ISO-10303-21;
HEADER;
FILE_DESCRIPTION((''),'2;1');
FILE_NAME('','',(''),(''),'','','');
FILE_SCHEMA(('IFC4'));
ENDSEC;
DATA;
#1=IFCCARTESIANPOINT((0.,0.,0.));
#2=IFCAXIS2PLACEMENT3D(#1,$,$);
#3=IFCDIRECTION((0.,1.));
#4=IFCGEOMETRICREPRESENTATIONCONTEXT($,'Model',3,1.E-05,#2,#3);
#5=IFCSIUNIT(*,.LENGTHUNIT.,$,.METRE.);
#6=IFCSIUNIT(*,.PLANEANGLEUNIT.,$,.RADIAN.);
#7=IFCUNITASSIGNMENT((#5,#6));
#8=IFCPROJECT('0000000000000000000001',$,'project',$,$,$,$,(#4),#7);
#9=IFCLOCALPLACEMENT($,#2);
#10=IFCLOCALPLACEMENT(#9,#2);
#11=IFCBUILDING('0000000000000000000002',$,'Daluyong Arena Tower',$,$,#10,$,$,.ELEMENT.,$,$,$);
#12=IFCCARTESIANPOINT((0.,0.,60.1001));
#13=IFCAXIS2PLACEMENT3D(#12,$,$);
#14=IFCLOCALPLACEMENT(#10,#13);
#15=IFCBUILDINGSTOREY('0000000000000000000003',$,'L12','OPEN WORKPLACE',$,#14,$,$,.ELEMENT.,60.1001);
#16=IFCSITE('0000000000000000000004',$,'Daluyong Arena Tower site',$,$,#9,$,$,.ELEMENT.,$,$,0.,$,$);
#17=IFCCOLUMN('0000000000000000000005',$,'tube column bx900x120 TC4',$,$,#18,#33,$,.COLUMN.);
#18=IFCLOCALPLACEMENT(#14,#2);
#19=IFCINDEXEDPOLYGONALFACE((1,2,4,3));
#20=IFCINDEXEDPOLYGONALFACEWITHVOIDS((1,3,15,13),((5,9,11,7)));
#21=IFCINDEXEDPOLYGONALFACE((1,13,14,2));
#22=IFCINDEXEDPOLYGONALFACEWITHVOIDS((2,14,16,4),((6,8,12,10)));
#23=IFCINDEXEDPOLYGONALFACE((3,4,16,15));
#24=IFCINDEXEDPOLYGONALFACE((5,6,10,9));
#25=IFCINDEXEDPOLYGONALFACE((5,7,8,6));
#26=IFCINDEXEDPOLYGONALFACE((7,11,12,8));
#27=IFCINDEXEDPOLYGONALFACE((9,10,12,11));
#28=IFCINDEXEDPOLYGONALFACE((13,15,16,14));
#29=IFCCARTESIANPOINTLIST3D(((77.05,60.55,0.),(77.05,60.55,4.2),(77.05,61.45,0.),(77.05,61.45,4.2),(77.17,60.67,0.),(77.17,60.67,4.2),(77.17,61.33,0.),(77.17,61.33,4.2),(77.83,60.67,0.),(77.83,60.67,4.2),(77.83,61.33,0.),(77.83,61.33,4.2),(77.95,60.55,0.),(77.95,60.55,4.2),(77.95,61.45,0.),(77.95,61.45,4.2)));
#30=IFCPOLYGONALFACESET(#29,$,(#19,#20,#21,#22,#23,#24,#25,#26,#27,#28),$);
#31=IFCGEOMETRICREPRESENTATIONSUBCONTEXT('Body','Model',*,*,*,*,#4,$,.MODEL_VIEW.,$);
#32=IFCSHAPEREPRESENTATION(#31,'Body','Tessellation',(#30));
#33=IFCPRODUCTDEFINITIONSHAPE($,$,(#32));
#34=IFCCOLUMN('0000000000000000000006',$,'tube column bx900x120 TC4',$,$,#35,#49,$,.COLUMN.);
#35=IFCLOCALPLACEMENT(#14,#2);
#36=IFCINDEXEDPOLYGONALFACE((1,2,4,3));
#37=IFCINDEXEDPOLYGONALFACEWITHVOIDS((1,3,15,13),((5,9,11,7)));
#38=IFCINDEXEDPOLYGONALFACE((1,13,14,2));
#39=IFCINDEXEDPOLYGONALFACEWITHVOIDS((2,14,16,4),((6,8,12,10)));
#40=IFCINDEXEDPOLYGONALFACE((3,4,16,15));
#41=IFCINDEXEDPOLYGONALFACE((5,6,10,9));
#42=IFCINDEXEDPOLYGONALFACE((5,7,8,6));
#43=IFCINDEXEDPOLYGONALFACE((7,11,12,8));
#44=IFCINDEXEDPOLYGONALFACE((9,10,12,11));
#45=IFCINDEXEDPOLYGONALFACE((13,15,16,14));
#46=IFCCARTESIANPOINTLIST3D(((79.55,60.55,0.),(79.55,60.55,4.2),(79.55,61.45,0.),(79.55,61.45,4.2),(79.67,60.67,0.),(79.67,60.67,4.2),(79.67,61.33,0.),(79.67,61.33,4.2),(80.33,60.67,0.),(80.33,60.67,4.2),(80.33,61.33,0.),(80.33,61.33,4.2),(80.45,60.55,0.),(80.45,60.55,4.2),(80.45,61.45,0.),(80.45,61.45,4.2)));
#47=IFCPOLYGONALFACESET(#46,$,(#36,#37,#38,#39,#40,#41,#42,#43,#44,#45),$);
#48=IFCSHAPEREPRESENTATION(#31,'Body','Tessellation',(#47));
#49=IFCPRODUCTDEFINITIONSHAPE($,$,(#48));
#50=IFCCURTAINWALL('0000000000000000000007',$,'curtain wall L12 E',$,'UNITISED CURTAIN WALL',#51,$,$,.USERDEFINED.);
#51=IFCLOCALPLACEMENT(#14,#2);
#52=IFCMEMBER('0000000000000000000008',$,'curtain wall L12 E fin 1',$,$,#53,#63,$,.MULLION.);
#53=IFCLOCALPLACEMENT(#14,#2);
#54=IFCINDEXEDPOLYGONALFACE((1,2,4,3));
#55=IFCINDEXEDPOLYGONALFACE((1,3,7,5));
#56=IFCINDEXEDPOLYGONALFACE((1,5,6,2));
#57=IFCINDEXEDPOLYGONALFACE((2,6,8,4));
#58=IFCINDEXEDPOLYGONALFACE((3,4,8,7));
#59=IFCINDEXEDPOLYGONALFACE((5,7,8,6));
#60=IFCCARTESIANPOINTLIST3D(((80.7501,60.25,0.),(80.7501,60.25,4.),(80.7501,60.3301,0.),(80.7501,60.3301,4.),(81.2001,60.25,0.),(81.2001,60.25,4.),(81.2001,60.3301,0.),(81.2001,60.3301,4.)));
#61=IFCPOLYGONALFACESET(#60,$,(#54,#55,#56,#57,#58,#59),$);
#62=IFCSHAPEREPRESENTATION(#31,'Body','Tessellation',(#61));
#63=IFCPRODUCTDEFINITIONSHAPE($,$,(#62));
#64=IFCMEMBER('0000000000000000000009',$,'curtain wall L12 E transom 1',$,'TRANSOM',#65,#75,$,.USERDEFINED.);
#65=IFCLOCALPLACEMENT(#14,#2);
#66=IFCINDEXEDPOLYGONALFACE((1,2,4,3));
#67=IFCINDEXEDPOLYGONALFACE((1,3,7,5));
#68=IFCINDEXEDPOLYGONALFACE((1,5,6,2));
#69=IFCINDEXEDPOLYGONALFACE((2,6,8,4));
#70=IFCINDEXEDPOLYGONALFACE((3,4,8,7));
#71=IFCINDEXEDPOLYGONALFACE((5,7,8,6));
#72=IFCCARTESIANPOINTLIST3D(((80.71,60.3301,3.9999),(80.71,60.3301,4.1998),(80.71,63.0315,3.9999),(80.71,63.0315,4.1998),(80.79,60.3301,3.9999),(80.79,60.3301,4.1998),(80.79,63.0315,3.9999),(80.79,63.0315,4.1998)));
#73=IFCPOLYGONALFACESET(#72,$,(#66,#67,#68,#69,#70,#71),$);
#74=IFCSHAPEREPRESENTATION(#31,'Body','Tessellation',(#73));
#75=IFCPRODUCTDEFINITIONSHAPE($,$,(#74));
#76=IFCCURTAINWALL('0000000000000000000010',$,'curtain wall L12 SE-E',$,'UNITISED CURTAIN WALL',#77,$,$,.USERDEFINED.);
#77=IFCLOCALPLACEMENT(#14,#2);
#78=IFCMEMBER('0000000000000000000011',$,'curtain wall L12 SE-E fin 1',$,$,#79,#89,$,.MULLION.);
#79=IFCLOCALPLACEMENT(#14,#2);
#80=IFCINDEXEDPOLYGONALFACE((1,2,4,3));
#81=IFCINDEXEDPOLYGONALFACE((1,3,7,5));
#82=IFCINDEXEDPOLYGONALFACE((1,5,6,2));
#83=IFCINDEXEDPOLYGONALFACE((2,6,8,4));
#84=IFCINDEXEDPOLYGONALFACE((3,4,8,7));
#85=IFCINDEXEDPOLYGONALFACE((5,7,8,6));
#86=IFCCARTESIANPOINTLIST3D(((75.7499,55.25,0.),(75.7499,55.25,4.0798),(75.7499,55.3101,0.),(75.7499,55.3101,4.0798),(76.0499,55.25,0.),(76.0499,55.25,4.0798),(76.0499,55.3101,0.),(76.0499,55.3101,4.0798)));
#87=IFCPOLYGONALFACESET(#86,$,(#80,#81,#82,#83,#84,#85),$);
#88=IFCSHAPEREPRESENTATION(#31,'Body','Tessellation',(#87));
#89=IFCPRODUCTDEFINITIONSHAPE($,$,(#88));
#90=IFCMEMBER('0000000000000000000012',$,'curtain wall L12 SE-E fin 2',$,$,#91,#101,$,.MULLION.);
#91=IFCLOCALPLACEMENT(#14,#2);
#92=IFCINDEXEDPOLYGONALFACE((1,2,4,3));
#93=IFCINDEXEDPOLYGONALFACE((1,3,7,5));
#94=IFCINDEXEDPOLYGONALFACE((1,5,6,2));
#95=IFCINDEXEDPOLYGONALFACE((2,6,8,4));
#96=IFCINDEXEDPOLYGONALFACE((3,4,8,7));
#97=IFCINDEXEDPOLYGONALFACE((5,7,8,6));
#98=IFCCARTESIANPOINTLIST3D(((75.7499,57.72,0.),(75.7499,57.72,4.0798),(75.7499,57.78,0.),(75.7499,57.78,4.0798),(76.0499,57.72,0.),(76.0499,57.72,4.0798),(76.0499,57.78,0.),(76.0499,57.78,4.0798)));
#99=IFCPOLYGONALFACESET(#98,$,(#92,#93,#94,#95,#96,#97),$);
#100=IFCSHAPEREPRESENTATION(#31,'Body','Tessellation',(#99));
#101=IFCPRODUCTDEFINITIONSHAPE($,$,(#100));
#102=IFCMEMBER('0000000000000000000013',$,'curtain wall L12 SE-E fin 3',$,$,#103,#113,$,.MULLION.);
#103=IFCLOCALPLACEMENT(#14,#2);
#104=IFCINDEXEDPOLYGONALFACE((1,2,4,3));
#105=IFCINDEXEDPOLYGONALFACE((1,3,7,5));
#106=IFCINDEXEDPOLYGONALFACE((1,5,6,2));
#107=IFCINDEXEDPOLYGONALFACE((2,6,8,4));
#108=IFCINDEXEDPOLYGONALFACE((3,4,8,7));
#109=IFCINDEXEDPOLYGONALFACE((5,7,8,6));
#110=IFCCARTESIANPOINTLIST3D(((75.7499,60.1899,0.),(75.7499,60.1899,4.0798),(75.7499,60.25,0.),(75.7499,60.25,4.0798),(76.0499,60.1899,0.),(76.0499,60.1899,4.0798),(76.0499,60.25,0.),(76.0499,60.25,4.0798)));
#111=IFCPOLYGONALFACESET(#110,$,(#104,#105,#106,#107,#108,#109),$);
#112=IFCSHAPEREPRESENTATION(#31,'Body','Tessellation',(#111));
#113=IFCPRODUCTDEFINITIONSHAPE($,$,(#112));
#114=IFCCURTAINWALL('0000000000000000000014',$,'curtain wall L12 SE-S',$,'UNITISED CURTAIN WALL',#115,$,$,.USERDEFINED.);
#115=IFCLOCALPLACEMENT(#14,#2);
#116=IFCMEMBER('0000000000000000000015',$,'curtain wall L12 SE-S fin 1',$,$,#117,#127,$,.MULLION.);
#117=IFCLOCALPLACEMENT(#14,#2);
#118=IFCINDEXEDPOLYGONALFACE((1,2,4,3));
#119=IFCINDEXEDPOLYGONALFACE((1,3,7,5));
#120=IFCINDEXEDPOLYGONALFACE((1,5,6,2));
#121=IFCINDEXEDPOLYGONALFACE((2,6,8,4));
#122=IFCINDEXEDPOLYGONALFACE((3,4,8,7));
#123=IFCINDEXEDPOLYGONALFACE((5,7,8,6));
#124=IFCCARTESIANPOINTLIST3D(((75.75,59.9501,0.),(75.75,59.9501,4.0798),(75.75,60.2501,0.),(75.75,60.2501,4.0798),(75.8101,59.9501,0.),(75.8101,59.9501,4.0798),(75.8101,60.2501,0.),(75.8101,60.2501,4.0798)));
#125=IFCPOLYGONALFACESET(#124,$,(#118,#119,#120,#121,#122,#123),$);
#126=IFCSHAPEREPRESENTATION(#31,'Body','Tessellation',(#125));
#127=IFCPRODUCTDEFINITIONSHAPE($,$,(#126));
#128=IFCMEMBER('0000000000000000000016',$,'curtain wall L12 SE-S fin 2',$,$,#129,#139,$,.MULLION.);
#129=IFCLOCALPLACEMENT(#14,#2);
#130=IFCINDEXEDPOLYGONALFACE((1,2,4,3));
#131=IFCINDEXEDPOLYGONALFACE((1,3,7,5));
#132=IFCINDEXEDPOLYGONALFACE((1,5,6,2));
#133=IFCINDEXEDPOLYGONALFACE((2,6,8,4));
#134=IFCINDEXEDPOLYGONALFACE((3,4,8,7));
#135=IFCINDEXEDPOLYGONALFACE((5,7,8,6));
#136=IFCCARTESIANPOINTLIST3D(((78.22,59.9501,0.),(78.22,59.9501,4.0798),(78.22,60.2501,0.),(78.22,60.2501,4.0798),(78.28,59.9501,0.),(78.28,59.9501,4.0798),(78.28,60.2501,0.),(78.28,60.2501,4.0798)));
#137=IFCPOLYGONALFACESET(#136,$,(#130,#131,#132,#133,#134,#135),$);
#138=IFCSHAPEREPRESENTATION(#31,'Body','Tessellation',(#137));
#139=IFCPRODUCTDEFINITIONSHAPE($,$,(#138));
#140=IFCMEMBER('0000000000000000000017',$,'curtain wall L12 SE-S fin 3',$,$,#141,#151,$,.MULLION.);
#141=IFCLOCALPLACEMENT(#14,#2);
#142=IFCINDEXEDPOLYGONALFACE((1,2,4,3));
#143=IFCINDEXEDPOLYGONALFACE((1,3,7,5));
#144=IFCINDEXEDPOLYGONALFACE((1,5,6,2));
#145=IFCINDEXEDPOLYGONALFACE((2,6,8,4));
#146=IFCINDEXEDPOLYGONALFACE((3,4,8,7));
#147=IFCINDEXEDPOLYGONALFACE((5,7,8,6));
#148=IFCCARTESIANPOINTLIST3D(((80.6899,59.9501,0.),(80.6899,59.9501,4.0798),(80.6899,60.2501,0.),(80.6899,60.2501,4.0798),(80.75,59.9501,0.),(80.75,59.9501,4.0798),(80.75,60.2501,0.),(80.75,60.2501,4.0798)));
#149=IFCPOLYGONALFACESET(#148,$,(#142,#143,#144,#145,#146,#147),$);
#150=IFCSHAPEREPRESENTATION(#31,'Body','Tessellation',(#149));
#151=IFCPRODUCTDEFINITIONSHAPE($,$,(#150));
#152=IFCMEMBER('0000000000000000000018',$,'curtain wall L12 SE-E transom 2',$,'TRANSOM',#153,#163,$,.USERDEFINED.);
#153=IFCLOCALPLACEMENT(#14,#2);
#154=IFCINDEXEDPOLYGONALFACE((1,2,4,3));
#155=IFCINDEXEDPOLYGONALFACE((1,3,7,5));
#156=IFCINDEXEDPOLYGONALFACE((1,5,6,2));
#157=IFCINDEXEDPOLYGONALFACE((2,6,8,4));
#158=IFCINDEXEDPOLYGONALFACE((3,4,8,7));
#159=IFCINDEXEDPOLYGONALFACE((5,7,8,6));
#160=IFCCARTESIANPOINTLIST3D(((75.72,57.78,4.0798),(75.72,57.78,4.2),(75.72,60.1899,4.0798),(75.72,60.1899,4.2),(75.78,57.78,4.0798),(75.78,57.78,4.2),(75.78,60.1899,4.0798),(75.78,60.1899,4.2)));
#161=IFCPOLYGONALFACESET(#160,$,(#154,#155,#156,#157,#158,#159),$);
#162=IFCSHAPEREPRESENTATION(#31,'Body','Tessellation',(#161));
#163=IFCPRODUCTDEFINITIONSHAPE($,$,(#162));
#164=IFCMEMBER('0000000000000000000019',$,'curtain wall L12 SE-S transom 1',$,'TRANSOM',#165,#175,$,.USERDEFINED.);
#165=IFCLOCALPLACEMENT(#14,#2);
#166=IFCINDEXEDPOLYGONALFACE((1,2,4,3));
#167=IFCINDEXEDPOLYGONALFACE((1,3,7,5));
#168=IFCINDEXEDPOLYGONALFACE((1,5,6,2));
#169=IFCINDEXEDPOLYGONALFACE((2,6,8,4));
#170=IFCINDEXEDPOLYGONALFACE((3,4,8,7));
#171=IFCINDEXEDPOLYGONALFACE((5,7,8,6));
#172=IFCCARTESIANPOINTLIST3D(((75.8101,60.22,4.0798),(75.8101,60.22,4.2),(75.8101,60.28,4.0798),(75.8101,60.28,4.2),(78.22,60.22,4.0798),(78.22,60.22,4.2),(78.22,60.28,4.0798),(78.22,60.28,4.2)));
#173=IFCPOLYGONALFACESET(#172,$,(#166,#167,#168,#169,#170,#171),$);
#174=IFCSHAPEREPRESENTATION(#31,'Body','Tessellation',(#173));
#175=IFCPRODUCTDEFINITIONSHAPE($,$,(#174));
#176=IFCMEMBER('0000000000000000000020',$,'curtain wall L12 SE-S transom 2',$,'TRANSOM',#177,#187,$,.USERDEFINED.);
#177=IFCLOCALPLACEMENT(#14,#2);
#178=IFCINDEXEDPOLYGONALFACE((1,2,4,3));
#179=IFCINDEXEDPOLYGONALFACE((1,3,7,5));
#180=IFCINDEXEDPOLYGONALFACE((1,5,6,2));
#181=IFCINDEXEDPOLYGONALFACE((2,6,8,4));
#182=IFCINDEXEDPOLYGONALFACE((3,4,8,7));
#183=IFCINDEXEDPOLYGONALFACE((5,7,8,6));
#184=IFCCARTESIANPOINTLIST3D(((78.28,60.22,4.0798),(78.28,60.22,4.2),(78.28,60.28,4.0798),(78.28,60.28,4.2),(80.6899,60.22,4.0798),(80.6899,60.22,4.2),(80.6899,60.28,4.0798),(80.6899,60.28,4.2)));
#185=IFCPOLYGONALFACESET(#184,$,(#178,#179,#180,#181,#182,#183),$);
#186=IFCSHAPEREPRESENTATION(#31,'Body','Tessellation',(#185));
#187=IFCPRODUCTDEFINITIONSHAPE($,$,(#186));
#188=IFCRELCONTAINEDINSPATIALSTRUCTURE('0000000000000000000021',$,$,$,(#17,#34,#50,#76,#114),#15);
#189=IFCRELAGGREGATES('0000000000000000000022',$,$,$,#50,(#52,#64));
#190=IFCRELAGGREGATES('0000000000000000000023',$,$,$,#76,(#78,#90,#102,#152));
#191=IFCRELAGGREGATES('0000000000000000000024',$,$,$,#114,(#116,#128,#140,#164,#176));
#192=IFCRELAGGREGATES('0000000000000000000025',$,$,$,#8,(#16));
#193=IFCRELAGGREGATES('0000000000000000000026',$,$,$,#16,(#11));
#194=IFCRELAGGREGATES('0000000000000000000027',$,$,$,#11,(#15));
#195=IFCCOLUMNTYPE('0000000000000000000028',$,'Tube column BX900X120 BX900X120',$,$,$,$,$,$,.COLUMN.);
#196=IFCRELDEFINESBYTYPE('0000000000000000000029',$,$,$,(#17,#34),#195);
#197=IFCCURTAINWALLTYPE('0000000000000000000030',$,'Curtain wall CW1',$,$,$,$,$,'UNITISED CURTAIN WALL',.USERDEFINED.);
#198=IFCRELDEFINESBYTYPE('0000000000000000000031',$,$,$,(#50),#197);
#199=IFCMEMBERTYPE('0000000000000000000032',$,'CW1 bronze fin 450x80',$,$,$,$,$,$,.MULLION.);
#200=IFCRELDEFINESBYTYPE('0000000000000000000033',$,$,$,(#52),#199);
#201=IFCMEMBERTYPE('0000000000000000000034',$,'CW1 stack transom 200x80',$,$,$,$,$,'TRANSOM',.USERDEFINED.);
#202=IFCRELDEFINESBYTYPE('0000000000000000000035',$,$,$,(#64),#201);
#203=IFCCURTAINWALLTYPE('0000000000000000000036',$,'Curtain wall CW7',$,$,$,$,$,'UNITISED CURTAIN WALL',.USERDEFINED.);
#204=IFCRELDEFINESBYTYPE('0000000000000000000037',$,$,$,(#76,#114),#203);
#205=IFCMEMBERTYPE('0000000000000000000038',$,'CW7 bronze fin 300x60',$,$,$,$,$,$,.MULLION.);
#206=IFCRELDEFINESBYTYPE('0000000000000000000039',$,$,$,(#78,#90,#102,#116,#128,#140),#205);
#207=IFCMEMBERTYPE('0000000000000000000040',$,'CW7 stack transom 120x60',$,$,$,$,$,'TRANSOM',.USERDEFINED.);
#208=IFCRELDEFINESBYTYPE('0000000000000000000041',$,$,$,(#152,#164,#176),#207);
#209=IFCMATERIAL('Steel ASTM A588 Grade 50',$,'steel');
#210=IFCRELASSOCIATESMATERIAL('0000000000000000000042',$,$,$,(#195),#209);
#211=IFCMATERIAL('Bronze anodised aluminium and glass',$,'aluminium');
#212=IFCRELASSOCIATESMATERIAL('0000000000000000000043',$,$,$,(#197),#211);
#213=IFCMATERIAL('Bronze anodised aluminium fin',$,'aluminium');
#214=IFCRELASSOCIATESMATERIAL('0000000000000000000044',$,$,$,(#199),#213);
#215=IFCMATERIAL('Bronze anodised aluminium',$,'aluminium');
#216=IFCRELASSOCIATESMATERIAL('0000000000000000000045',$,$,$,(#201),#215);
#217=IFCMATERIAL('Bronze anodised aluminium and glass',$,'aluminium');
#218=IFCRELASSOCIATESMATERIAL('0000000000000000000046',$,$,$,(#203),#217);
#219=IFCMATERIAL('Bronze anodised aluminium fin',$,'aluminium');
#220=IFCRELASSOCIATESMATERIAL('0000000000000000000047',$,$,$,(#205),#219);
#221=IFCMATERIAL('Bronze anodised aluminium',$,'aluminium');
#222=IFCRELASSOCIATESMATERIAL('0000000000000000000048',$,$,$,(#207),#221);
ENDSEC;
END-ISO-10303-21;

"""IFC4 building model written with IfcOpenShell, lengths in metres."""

from ifc_helpers import new_model, si_unit, direction, frame, origin, origin_2d, place, context, subcontext, project, spatial, rectangle, hollow_rectangle, extrude, material, material_profile, profile_set, type_object, element, aggregate, save


model = new_model("IFC4")

# Units and contexts
model_context = context("Model", 3, precision=1e-05, world=origin(), true_north=direction((0.0, 1.0)))
body_context = subcontext(model_context, "Body", "Model", "MODEL_VIEW")
ifc_project = project(units=[si_unit("LENGTHUNIT", "METRE"), si_unit("PLANEANGLEUNIT", "RADIAN")], contexts=[model_context])

# Site, building, storey
site_placement = place(None, origin())
site = spatial("IfcSite", under=ifc_project, at=site_placement, Name="Daluyong Arena Tower site", CompositionType="ELEMENT", RefElevation=0.0)
building_placement = place(site_placement, origin())
building = spatial("IfcBuilding", under=site, at=building_placement, Name="Daluyong Arena Tower", CompositionType="ELEMENT")
storey_placement = place(building_placement, frame((0.0, 0.0, 60.1001)))
storey = spatial("IfcBuildingStorey", under=building, at=storey_placement, Name="L12", Description="OPEN WORKPLACE", CompositionType="ELEMENT", Elevation=60.1001)

# Columns
ifc_material_1 = material(Name="Steel ASTM A588 Grade 50", Category="steel")
ifc_material_profile_1 = material_profile(ifc_material_1, hollow_rectangle(XDim=0.8999, YDim=0.8999, WallThickness=0.12, at=origin_2d()))
ifc_profile_set_1 = profile_set([ifc_material_profile_1], Name="Steel ASTM A588 Grade 50")
column_type = type_object("IfcColumnType", Name="Tube column BX900X120 BX900X120", PredefinedType="COLUMN", material=ifc_profile_set_1)
for number, where, z_axis, x_axis, name in (
    (1, (77.5, 61.0, 0.0), (0.0, 0.0, 1.0), (1.0, 0.0, 0.0), "tube column bx900x120 TC4"),
    (2, (80.0, 61.0, 0.0), (0.0, 0.0, 1.0), (0.0, 1.0, 0.0), "tube column bx900x120 TC4"),
):
    element("IfcColumn", number, at=place(storey_placement, frame(where, z_axis=z_axis, x_axis=x_axis)), inside=storey, type_object=column_type, Name=name, PredefinedType="COLUMN", context=body_context, shape_type="SweptSolid", body=[
        extrude(hollow_rectangle(XDim=0.8999, YDim=0.8999, WallThickness=0.12, at=origin_2d()), origin(), (0.0, 0.0, 1.0), 4.2),
    ])

# Curtain walls, members
ifc_material_2 = material(Name="Bronze anodised aluminium and glass", Category="aluminium")
curtain_wall_type_1 = type_object("IfcCurtainWallType", Name="Curtain wall CW1", ElementType="UNITISED CURTAIN WALL", PredefinedType="USERDEFINED", material=ifc_material_2)
curtain_wall_1_placement = place(storey_placement, origin())
curtain_wall_1 = element("IfcCurtainWall", 3, at=curtain_wall_1_placement, inside=storey, type_object=curtain_wall_type_1, Name="curtain wall L12 E", ObjectType="UNITISED CURTAIN WALL", PredefinedType="USERDEFINED")
ifc_material_3 = material(Name="Bronze anodised aluminium fin", Category="aluminium")
ifc_material_profile_2 = material_profile(ifc_material_3, rectangle(XDim=0.45, YDim=0.0801, at=origin_2d()))
ifc_profile_set_2 = profile_set([ifc_material_profile_2], Name="Bronze anodised aluminium fin")
member_type_1 = type_object("IfcMemberType", Name="CW1 bronze fin 450x80", PredefinedType="MULLION", material=ifc_profile_set_2)
member_1_placement = place(storey_placement, frame((80.9751, 60.29, 0.0), z_axis=(0.0, 0.0, 1.0), x_axis=(-1.0, 0.0, 0.0)))
member_1 = element("IfcMember", 4, at=member_1_placement, type_object=member_type_1, Name="curtain wall L12 E fin 1", PredefinedType="MULLION", context=body_context, shape_type="SweptSolid", body=[
    extrude(rectangle(XDim=0.45, YDim=0.0801, at=origin_2d()), origin(), (0.0, 0.0, 1.0), 4.0),
])
ifc_material_4 = material(Name="Bronze anodised aluminium", Category="aluminium")
ifc_material_profile_3 = material_profile(ifc_material_4, rectangle(XDim=0.0801, YDim=0.2, at=origin_2d()))
ifc_profile_set_3 = profile_set([ifc_material_profile_3], Name="Bronze anodised aluminium")
member_type_2 = type_object("IfcMemberType", Name="CW1 stack transom 200x80", ElementType="TRANSOM", PredefinedType="USERDEFINED", material=ifc_profile_set_3)
member_2_placement = place(storey_placement, frame((80.75, 60.3301, 4.0999), z_axis=(0.0, 1.0, 0.0), x_axis=(-1.0, 0.0, 0.0)))
member_2 = element("IfcMember", 5, at=member_2_placement, type_object=member_type_2, Name="curtain wall L12 E transom 1", ObjectType="TRANSOM", PredefinedType="USERDEFINED", context=body_context, shape_type="SweptSolid", body=[
    extrude(rectangle(XDim=0.0801, YDim=0.2, at=origin_2d()), origin(), (0.0, 0.0, 1.0), 2.7014),
])
ifc_material_5 = material(Name="Bronze anodised aluminium and glass", Category="aluminium")
curtain_wall_type_2 = type_object("IfcCurtainWallType", Name="Curtain wall CW7", ElementType="UNITISED CURTAIN WALL", PredefinedType="USERDEFINED", material=ifc_material_5)
curtain_wall_2_placement = place(storey_placement, origin())
curtain_wall_2 = element("IfcCurtainWall", 6, at=curtain_wall_2_placement, inside=storey, type_object=curtain_wall_type_2, Name="curtain wall L12 SE-E", ObjectType="UNITISED CURTAIN WALL", PredefinedType="USERDEFINED")
ifc_material_6 = material(Name="Bronze anodised aluminium fin", Category="aluminium")
ifc_material_profile_4 = material_profile(ifc_material_6, rectangle(XDim=0.3, YDim=0.0601, at=origin_2d()))
ifc_profile_set_4 = profile_set([ifc_material_profile_4], Name="Bronze anodised aluminium fin")
member_type_3 = type_object("IfcMemberType", Name="CW7 bronze fin 300x60", PredefinedType="MULLION", material=ifc_profile_set_4)
member_3_placement = place(storey_placement, frame((75.8999, 55.28, 0.0), z_axis=(0.0, 0.0, 1.0), x_axis=(-1.0, 0.0, 0.0)))
member_3 = element("IfcMember", 7, at=member_3_placement, type_object=member_type_3, Name="curtain wall L12 SE-E fin 1", PredefinedType="MULLION", context=body_context, shape_type="SweptSolid", body=[
    extrude(rectangle(XDim=0.3, YDim=0.0601, at=origin_2d()), origin(), (0.0, 0.0, 1.0), 4.0798),
])
member_4_placement = place(storey_placement, frame((75.8999, 57.75, 0.0), z_axis=(0.0, 0.0, 1.0), x_axis=(-1.0, 0.0, 0.0)))
member_4 = element("IfcMember", 8, at=member_4_placement, type_object=member_type_3, Name="curtain wall L12 SE-E fin 2", PredefinedType="MULLION", context=body_context, shape_type="SweptSolid", body=[
    extrude(rectangle(XDim=0.3, YDim=0.0601, at=origin_2d()), origin(), (0.0, 0.0, 1.0), 4.0798),
])
member_5_placement = place(storey_placement, frame((75.8999, 60.22, 0.0), z_axis=(0.0, 0.0, 1.0), x_axis=(-1.0, 0.0, 0.0)))
member_5 = element("IfcMember", 9, at=member_5_placement, type_object=member_type_3, Name="curtain wall L12 SE-E fin 3", PredefinedType="MULLION", context=body_context, shape_type="SweptSolid", body=[
    extrude(rectangle(XDim=0.3, YDim=0.0601, at=origin_2d()), origin(), (0.0, 0.0, 1.0), 4.0798),
])
curtain_wall_3_placement = place(storey_placement, origin())
curtain_wall_3 = element("IfcCurtainWall", 10, at=curtain_wall_3_placement, inside=storey, type_object=curtain_wall_type_2, Name="curtain wall L12 SE-S", ObjectType="UNITISED CURTAIN WALL", PredefinedType="USERDEFINED")
member_6_placement = place(storey_placement, frame((75.78, 60.1001, 0.0), z_axis=(0.0, 0.0, 1.0), x_axis=(0.0, 1.0, 0.0)))
member_6 = element("IfcMember", 11, at=member_6_placement, type_object=member_type_3, Name="curtain wall L12 SE-S fin 1", PredefinedType="MULLION", context=body_context, shape_type="SweptSolid", body=[
    extrude(rectangle(XDim=0.3, YDim=0.0601, at=origin_2d()), origin(), (0.0, 0.0, 1.0), 4.0798),
])
member_7_placement = place(storey_placement, frame((78.25, 60.1001, 0.0), z_axis=(0.0, 0.0, 1.0), x_axis=(0.0, 1.0, 0.0)))
member_7 = element("IfcMember", 12, at=member_7_placement, type_object=member_type_3, Name="curtain wall L12 SE-S fin 2", PredefinedType="MULLION", context=body_context, shape_type="SweptSolid", body=[
    extrude(rectangle(XDim=0.3, YDim=0.0601, at=origin_2d()), origin(), (0.0, 0.0, 1.0), 4.0798),
])
member_8_placement = place(storey_placement, frame((80.72, 60.1001, 0.0), z_axis=(0.0, 0.0, 1.0), x_axis=(0.0, 1.0, 0.0)))
member_8 = element("IfcMember", 13, at=member_8_placement, type_object=member_type_3, Name="curtain wall L12 SE-S fin 3", PredefinedType="MULLION", context=body_context, shape_type="SweptSolid", body=[
    extrude(rectangle(XDim=0.3, YDim=0.0601, at=origin_2d()), origin(), (0.0, 0.0, 1.0), 4.0798),
])

# Members
ifc_material_7 = material(Name="Bronze anodised aluminium", Category="aluminium")
ifc_material_profile_5 = material_profile(ifc_material_7, rectangle(XDim=0.0601, YDim=0.1201, at=origin_2d()))
ifc_profile_set_5 = profile_set([ifc_material_profile_5], Name="Bronze anodised aluminium")
member_type_4 = type_object("IfcMemberType", Name="CW7 stack transom 120x60", ElementType="TRANSOM", PredefinedType="USERDEFINED", material=ifc_profile_set_5)
member_9_placement = place(storey_placement, frame((75.75, 57.78, 4.1399), z_axis=(0.0, 1.0, 0.0), x_axis=(-1.0, 0.0, 0.0)))
member_9 = element("IfcMember", 14, at=member_9_placement, type_object=member_type_4, Name="curtain wall L12 SE-E transom 2", ObjectType="TRANSOM", PredefinedType="USERDEFINED", context=body_context, shape_type="SweptSolid", body=[
    extrude(rectangle(XDim=0.0601, YDim=0.1201, at=origin_2d()), origin(), (0.0, 0.0, 1.0), 2.4099),
])
member_10_placement = place(storey_placement, frame((75.8101, 60.25, 4.1399), z_axis=(1.0, 0.0, 0.0), x_axis=(0.0, 1.0, 0.0)))
member_10 = element("IfcMember", 15, at=member_10_placement, type_object=member_type_4, Name="curtain wall L12 SE-S transom 1", ObjectType="TRANSOM", PredefinedType="USERDEFINED", context=body_context, shape_type="SweptSolid", body=[
    extrude(rectangle(XDim=0.0601, YDim=0.1201, at=origin_2d()), origin(), (0.0, 0.0, 1.0), 2.4099),
])
member_11_placement = place(storey_placement, frame((78.28, 60.25, 4.1399), z_axis=(1.0, 0.0, 0.0), x_axis=(0.0, 1.0, 0.0)))
member_11 = element("IfcMember", 16, at=member_11_placement, type_object=member_type_4, Name="curtain wall L12 SE-S transom 2", ObjectType="TRANSOM", PredefinedType="USERDEFINED", context=body_context, shape_type="SweptSolid", body=[
    extrude(rectangle(XDim=0.0601, YDim=0.1201, at=origin_2d()), origin(), (0.0, 0.0, 1.0), 2.4099),
])

aggregate(curtain_wall_1, [member_1, member_2])
aggregate(curtain_wall_2, [member_3, member_4, member_5, member_9])
aggregate(curtain_wall_3, [member_6, member_7, member_8, member_10, member_11])

save(model, "model.ifc")
